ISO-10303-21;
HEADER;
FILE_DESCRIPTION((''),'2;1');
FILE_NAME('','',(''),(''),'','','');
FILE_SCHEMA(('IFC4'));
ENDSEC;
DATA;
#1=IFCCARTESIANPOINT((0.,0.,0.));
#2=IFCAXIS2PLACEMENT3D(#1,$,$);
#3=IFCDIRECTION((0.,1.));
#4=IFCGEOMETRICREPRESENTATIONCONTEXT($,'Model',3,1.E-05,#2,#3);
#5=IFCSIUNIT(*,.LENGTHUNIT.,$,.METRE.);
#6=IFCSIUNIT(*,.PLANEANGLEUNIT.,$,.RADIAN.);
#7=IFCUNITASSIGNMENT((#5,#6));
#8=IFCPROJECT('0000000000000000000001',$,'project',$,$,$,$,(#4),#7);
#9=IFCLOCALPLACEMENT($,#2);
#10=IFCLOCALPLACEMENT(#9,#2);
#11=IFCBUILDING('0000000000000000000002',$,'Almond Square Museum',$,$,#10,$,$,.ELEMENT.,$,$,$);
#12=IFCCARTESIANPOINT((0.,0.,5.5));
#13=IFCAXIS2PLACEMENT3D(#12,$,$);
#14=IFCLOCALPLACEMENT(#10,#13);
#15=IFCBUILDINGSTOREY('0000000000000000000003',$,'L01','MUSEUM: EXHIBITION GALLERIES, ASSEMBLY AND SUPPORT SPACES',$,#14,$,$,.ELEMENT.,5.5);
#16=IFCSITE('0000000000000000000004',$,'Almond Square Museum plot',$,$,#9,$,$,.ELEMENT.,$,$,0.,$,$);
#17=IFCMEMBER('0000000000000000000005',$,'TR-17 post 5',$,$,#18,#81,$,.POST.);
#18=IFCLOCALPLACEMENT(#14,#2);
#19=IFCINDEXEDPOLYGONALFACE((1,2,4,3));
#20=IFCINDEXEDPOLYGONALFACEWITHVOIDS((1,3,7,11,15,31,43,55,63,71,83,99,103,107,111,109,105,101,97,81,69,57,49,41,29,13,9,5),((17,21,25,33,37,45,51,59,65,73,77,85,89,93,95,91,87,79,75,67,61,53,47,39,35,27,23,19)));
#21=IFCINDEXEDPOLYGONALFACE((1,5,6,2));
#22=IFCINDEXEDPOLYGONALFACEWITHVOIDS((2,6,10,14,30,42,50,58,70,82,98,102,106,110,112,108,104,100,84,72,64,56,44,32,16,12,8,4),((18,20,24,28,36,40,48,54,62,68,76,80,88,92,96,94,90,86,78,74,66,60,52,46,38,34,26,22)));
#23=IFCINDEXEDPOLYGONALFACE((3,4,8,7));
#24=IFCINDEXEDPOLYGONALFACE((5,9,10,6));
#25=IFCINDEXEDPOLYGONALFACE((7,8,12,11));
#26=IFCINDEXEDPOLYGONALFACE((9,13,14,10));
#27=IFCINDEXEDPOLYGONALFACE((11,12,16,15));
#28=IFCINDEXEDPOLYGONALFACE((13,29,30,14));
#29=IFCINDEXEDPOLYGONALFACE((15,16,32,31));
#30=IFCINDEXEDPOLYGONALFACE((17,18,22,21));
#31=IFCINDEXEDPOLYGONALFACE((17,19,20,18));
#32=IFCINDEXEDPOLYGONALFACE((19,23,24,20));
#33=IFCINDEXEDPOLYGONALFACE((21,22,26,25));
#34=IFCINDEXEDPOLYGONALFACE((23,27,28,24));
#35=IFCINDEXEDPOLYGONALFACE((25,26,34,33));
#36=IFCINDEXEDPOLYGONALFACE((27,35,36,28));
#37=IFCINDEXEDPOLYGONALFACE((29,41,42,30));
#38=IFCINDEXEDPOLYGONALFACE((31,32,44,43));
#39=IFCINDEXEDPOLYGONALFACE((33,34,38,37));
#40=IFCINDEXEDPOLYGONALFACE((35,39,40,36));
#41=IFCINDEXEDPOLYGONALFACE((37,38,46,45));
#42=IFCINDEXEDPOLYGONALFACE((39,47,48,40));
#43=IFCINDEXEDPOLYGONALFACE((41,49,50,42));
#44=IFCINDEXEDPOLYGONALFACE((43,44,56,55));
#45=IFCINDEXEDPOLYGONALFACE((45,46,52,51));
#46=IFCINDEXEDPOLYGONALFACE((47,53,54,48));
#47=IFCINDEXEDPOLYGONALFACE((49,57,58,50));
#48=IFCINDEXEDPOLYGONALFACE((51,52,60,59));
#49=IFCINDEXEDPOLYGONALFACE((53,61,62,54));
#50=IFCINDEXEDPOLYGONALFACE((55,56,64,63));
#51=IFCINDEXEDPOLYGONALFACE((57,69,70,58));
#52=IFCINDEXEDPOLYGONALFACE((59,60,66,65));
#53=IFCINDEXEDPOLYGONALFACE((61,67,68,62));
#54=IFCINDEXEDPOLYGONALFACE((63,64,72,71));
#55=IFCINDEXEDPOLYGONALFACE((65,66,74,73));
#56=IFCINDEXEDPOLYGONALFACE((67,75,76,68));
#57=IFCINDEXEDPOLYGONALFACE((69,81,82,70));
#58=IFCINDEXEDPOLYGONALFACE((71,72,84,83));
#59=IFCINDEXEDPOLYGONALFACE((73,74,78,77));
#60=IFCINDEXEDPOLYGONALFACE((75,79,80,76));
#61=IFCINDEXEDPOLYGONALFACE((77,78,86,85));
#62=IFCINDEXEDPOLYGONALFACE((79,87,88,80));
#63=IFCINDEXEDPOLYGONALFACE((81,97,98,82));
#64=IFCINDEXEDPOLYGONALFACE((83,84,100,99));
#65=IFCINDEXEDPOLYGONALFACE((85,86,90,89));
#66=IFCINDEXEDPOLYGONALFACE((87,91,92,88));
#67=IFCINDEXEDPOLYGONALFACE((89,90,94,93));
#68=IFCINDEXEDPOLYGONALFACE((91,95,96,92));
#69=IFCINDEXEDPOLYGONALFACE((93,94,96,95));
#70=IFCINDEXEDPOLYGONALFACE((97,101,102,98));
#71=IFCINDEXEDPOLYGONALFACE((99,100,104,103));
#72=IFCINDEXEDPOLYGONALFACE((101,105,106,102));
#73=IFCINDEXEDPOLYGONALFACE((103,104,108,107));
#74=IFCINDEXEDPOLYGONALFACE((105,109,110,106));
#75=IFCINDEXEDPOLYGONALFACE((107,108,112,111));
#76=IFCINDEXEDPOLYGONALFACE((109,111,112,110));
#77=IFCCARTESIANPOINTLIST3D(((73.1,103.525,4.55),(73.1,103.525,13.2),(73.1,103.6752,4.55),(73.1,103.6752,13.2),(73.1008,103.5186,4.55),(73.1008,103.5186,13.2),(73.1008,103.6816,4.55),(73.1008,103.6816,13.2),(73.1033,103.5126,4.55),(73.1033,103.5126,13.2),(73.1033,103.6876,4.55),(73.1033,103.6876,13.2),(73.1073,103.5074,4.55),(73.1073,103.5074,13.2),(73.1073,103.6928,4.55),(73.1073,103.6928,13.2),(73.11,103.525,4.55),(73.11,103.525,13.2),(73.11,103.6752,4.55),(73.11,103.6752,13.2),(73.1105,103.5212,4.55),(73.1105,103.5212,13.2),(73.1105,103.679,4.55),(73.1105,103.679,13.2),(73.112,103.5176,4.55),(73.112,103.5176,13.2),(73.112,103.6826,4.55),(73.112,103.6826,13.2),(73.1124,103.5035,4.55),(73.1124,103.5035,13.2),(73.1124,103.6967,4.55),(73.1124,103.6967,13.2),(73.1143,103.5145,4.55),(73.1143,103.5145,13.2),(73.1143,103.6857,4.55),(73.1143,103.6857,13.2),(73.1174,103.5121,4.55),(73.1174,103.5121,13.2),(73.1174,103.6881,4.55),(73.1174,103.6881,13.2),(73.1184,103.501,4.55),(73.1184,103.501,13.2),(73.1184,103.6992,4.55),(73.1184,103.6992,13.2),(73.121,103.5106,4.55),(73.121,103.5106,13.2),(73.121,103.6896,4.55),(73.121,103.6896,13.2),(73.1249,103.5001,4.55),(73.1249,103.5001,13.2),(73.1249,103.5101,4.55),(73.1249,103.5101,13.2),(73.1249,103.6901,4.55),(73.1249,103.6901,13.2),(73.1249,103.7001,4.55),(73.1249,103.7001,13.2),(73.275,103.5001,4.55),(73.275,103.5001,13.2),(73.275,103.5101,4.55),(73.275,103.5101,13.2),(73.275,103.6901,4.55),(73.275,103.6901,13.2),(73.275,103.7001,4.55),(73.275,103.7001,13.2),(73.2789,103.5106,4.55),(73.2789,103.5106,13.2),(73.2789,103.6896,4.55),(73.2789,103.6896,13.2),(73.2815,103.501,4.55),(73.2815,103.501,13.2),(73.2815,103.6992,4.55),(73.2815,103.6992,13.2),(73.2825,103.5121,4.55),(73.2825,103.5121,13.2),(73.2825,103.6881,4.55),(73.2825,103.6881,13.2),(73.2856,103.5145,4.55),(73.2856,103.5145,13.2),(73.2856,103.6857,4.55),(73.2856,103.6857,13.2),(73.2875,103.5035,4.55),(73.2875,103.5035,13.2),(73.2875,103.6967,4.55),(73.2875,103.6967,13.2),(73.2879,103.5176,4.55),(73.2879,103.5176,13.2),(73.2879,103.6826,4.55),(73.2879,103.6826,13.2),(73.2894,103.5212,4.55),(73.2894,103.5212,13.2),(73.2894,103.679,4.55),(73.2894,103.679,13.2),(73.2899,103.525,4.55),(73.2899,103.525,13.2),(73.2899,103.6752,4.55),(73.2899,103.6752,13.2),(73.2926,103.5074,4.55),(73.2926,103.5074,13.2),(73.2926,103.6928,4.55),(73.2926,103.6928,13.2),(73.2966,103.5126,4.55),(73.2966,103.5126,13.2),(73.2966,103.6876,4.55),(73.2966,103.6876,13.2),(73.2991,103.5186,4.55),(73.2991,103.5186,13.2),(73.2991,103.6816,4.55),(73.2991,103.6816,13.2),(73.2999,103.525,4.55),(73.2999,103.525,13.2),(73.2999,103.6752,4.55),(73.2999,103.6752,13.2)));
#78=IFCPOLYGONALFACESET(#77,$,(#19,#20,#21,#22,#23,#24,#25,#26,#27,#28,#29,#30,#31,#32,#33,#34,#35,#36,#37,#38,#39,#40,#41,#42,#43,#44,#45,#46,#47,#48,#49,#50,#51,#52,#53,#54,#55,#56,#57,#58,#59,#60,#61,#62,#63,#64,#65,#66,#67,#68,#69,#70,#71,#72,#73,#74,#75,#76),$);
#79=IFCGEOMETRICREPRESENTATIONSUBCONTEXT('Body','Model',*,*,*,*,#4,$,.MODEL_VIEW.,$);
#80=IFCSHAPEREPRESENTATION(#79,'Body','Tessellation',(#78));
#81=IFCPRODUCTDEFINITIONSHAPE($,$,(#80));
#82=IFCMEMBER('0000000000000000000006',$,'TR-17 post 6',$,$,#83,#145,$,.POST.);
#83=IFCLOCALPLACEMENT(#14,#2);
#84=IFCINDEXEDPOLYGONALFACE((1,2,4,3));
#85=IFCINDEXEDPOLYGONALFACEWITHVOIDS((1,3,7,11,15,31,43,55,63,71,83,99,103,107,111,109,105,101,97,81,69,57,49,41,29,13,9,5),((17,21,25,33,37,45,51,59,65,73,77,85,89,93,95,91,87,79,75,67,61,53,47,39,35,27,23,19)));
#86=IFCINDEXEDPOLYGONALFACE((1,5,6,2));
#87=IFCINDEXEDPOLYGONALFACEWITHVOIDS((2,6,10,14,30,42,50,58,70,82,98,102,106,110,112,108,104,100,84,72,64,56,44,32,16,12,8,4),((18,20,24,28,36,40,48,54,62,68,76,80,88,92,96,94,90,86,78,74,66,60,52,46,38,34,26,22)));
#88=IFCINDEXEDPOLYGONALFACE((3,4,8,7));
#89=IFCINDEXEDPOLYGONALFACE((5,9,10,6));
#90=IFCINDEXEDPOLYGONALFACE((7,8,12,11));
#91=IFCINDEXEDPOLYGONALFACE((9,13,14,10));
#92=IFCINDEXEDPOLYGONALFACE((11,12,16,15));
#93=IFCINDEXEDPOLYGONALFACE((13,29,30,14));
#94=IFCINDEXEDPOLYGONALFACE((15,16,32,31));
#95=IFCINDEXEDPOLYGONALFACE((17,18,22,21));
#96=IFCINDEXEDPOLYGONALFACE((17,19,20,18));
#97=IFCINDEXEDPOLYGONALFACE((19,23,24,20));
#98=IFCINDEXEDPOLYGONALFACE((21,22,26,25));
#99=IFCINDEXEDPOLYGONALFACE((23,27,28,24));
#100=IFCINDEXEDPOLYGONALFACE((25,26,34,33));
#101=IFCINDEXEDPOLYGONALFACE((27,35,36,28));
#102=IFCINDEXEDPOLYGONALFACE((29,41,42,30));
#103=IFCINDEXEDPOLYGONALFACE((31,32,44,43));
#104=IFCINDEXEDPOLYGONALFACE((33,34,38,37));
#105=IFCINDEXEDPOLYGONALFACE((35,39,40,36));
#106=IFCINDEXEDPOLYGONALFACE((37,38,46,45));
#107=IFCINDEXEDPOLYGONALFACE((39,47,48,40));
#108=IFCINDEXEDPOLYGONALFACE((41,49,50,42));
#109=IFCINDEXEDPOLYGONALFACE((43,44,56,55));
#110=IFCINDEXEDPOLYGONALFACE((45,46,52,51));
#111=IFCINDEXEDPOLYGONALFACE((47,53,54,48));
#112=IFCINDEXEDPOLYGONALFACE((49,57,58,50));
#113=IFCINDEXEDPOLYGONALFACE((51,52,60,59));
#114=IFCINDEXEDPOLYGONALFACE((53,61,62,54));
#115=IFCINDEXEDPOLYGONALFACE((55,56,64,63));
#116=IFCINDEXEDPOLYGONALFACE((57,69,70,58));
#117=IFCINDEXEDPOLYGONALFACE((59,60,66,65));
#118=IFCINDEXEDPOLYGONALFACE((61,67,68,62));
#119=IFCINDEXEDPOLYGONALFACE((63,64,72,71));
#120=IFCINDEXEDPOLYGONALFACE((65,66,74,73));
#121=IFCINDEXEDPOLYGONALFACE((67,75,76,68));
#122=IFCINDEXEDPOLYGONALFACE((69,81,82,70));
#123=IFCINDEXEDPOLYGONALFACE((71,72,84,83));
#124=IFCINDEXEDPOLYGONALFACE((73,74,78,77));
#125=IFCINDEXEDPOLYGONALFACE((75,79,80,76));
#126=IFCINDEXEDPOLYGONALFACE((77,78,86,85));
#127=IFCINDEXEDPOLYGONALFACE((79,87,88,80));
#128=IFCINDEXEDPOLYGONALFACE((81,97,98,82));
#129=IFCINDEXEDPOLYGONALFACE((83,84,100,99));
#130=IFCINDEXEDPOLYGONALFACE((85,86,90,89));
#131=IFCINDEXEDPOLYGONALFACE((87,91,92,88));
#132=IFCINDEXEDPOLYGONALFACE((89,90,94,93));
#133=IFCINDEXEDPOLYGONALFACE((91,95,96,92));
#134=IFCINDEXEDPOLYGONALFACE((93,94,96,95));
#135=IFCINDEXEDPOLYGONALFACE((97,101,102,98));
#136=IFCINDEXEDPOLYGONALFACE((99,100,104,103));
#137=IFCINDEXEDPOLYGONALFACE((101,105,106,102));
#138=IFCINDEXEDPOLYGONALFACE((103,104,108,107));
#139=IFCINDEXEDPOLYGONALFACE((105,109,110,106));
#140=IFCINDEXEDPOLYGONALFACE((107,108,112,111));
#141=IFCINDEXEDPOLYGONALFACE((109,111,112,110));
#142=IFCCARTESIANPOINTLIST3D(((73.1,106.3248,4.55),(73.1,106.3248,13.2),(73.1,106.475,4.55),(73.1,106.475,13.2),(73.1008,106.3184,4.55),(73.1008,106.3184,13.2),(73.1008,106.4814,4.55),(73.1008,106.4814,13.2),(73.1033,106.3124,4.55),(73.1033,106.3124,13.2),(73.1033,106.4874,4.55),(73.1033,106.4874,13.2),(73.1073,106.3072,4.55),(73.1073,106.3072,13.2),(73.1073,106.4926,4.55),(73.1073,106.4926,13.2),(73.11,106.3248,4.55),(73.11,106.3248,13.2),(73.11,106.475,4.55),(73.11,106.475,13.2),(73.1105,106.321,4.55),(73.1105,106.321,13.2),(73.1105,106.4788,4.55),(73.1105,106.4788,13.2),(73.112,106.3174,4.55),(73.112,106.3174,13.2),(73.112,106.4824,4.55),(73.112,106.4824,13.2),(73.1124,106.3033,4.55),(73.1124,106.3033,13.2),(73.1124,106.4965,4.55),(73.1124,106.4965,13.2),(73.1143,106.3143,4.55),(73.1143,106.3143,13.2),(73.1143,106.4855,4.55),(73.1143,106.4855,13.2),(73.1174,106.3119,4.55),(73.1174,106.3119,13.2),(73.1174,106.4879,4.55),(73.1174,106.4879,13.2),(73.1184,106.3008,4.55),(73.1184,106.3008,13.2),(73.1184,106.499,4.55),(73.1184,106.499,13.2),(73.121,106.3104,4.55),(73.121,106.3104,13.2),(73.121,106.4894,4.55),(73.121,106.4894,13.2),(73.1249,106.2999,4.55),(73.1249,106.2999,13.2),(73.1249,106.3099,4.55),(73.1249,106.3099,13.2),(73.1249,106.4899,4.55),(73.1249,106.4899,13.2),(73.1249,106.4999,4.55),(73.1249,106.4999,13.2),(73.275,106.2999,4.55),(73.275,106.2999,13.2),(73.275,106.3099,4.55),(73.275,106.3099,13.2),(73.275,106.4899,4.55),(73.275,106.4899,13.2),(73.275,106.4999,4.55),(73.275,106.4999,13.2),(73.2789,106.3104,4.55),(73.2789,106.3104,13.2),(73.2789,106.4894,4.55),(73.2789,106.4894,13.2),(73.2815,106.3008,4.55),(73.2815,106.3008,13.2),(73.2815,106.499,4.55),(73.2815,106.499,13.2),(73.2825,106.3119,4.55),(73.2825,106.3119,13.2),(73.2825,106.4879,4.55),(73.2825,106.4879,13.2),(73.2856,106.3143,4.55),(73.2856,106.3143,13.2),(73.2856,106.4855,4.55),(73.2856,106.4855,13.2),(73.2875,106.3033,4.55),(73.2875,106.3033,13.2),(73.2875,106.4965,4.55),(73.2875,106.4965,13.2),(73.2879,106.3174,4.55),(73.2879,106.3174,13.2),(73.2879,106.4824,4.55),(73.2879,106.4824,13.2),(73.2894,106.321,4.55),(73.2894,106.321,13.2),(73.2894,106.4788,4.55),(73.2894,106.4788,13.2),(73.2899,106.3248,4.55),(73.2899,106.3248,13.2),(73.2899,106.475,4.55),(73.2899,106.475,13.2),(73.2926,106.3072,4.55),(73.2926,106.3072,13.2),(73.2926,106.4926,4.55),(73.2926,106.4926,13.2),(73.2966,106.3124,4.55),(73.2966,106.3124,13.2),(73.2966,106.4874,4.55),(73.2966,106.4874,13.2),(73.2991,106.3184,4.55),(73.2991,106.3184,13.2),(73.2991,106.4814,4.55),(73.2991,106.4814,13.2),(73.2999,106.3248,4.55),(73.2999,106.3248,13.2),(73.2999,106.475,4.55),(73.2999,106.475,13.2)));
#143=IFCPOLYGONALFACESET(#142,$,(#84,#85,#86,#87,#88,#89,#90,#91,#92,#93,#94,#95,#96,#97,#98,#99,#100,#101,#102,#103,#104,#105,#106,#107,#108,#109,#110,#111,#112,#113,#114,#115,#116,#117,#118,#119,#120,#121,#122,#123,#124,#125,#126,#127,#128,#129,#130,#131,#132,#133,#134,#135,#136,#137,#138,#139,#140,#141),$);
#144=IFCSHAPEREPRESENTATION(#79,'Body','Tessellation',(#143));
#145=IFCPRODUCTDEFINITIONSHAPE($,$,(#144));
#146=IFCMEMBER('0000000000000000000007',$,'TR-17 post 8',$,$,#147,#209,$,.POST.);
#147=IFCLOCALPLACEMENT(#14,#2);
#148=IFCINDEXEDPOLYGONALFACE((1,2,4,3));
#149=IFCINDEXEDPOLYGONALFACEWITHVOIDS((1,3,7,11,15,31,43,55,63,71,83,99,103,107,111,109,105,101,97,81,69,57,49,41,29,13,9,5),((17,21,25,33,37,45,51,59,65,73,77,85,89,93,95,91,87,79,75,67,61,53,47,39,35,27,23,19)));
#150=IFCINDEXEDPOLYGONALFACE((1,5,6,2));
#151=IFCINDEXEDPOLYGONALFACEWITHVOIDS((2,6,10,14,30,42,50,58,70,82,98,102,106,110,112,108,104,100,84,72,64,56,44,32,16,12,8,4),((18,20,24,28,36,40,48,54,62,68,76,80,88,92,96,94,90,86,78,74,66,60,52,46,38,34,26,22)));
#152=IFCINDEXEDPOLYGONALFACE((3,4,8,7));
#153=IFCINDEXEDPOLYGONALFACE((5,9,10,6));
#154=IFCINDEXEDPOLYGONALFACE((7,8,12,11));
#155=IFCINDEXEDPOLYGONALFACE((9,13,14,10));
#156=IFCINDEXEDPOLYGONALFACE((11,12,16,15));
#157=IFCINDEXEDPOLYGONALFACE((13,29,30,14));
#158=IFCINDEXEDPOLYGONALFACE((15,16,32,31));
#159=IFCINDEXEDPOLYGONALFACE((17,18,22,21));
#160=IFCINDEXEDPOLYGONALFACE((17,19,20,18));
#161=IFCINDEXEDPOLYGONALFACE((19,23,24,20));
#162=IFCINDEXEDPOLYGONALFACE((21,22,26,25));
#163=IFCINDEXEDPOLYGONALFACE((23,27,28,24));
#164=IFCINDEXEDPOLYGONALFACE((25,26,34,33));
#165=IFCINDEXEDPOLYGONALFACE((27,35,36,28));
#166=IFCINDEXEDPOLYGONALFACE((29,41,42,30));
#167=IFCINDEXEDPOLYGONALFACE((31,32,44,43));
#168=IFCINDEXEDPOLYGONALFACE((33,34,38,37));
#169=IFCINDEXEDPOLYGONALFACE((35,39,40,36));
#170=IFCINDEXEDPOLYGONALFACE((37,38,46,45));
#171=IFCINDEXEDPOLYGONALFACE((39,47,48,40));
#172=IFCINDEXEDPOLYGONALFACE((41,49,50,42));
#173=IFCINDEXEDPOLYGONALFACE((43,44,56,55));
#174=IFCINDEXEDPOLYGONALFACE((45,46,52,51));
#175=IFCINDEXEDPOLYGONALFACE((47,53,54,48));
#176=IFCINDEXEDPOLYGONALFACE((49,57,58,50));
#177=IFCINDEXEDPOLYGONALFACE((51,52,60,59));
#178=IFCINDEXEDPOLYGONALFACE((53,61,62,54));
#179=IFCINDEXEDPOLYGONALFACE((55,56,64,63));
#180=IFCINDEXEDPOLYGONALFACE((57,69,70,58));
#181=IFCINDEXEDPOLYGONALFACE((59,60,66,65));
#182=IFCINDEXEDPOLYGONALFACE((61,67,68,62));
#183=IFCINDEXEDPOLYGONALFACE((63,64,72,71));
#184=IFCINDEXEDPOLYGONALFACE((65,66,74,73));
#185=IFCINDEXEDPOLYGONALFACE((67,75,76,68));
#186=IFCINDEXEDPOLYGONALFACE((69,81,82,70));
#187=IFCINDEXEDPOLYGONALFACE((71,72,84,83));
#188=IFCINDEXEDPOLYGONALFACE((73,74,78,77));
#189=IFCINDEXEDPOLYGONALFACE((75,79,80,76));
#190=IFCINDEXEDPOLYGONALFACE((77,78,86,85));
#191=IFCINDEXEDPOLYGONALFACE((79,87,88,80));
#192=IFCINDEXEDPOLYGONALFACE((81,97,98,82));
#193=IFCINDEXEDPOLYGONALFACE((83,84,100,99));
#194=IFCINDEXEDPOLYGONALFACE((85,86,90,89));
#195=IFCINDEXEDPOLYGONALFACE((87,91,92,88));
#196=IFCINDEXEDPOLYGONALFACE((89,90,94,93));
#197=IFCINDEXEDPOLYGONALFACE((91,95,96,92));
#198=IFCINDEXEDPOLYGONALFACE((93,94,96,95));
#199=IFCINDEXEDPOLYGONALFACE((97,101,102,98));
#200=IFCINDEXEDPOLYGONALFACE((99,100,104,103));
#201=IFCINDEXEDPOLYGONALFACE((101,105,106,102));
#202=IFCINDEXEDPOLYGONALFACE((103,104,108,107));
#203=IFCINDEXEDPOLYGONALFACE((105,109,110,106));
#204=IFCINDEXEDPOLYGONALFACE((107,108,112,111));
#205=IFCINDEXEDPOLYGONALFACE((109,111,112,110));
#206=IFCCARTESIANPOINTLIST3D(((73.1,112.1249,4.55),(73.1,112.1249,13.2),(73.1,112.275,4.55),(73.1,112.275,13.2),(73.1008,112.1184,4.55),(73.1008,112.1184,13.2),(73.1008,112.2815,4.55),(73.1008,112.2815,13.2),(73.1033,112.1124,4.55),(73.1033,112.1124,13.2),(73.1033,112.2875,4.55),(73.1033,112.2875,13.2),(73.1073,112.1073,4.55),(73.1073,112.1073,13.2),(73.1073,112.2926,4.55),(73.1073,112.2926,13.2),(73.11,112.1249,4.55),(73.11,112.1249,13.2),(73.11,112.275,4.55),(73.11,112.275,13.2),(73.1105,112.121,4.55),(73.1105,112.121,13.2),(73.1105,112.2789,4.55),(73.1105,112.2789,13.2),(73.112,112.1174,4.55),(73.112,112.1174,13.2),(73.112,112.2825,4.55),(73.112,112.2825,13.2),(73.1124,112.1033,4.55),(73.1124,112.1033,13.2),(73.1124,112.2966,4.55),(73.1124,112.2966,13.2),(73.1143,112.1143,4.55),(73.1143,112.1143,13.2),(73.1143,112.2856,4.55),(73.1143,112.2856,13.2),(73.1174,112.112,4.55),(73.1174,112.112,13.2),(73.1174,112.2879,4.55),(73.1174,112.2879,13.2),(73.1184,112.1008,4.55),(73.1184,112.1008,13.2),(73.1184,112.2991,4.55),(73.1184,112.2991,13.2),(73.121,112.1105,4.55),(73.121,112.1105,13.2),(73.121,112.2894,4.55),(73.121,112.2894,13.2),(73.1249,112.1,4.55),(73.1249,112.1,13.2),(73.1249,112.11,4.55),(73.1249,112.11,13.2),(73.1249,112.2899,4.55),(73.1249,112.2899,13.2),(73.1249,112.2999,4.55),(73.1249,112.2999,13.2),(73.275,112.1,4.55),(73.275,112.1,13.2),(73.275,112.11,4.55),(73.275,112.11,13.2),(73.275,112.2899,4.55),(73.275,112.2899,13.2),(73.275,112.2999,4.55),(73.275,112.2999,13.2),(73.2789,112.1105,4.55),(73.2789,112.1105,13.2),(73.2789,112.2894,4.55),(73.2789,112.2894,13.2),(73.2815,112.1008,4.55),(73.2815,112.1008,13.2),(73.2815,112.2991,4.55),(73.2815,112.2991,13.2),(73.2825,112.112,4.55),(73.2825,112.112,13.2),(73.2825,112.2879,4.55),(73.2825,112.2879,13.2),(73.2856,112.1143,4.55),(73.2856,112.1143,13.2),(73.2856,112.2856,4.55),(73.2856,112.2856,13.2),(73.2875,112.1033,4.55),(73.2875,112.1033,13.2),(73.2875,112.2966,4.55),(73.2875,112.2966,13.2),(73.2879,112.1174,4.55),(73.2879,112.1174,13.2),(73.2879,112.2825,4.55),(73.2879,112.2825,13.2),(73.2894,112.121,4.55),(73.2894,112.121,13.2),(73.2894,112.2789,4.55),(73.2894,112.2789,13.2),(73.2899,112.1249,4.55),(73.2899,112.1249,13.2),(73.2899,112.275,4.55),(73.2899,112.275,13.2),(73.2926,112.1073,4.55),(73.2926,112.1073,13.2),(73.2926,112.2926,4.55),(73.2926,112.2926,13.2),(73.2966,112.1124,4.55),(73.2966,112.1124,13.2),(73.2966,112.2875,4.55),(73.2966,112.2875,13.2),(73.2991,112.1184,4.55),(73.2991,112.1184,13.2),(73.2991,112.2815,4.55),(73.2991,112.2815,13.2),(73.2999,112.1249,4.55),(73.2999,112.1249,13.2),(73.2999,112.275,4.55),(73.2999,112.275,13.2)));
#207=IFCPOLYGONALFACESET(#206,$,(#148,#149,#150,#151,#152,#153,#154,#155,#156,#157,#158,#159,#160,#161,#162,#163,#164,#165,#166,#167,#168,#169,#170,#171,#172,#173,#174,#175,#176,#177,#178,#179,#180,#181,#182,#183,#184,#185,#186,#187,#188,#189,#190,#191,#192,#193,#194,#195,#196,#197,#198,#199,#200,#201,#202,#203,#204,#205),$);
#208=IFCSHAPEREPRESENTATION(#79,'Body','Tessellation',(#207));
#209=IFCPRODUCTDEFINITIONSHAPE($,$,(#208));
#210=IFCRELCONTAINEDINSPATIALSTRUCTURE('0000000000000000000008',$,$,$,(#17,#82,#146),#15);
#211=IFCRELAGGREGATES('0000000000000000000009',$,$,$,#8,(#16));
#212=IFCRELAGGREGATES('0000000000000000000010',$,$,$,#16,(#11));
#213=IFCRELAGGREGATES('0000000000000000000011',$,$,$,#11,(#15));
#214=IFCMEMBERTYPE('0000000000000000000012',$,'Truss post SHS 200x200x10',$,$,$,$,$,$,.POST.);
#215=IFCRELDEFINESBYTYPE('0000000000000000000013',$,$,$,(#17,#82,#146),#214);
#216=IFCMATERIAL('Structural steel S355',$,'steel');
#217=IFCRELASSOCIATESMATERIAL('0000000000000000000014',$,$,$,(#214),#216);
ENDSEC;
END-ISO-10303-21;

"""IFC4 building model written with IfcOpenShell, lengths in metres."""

from ifc_helpers import new_model, si_unit, direction, frame, origin, origin_2d, place, context, subcontext, project, spatial, hollow_rectangle, extrude, material, material_profile, profile_set, type_object, element, save


model = new_model("IFC4")

# Units and contexts
model_context = context("Model", 3, precision=1e-05, world=origin(), true_north=direction((0.0, 1.0)))
body_context = subcontext(model_context, "Body", "Model", "MODEL_VIEW")
ifc_project = project(units=[si_unit("LENGTHUNIT", "METRE"), si_unit("PLANEANGLEUNIT", "RADIAN")], contexts=[model_context])

# Site, building, storey
site_placement = place(None, origin())
site = spatial("IfcSite", under=ifc_project, at=site_placement, Name="Almond Square Museum plot", CompositionType="ELEMENT", RefElevation=0.0)
building_placement = place(site_placement, origin())
building = spatial("IfcBuilding", under=site, at=building_placement, Name="Almond Square Museum", CompositionType="ELEMENT")
storey_placement = place(building_placement, frame((0.0, 0.0, 5.5)))
storey = spatial("IfcBuildingStorey", under=building, at=storey_placement, Name="L01", Description="MUSEUM: EXHIBITION GALLERIES, ASSEMBLY AND SUPPORT SPACES", CompositionType="ELEMENT", Elevation=5.5)

# Members
ifc_material_1 = material(Name="Structural steel S355", Category="steel")
ifc_material_profile_1 = material_profile(ifc_material_1, hollow_rectangle(XDim=0.2, YDim=0.2, WallThickness=0.01, InnerFilletRadius=0.0149, OuterFilletRadius=0.0249, at=origin_2d()))
ifc_profile_set_1 = profile_set([ifc_material_profile_1], Name="Structural steel S355")
member_type_1 = type_object("IfcMemberType", Name="Truss post SHS 200x200x10", PredefinedType="POST", material=ifc_profile_set_1)
for number, where, z_axis, x_axis, name in (
    (1, (73.2, 103.6001, 4.55), (0.0, 0.0, 1.0), (1.0, 0.0, 0.0), "TR-17 post 5"),
    (2, (73.2, 106.3999, 4.55), (0.0, 0.0, 1.0), (1.0, 0.0, 0.0), "TR-17 post 6"),
    (3, (73.2, 112.2, 4.55), (0.0, 0.0, 1.0), (1.0, 0.0, 0.0), "TR-17 post 8"),
):
    element("IfcMember", number, at=place(storey_placement, frame(where, z_axis=z_axis, x_axis=x_axis)), inside=storey, type_object=member_type_1, Name=name, PredefinedType="POST", context=body_context, shape_type="SweptSolid", body=[
        extrude(hollow_rectangle(XDim=0.2, YDim=0.2, WallThickness=0.01, InnerFilletRadius=0.0149, OuterFilletRadius=0.0249, at=origin_2d()), origin(), (0.0, 0.0, 1.0), 8.6499),
    ])

save(model, "model.ifc")
